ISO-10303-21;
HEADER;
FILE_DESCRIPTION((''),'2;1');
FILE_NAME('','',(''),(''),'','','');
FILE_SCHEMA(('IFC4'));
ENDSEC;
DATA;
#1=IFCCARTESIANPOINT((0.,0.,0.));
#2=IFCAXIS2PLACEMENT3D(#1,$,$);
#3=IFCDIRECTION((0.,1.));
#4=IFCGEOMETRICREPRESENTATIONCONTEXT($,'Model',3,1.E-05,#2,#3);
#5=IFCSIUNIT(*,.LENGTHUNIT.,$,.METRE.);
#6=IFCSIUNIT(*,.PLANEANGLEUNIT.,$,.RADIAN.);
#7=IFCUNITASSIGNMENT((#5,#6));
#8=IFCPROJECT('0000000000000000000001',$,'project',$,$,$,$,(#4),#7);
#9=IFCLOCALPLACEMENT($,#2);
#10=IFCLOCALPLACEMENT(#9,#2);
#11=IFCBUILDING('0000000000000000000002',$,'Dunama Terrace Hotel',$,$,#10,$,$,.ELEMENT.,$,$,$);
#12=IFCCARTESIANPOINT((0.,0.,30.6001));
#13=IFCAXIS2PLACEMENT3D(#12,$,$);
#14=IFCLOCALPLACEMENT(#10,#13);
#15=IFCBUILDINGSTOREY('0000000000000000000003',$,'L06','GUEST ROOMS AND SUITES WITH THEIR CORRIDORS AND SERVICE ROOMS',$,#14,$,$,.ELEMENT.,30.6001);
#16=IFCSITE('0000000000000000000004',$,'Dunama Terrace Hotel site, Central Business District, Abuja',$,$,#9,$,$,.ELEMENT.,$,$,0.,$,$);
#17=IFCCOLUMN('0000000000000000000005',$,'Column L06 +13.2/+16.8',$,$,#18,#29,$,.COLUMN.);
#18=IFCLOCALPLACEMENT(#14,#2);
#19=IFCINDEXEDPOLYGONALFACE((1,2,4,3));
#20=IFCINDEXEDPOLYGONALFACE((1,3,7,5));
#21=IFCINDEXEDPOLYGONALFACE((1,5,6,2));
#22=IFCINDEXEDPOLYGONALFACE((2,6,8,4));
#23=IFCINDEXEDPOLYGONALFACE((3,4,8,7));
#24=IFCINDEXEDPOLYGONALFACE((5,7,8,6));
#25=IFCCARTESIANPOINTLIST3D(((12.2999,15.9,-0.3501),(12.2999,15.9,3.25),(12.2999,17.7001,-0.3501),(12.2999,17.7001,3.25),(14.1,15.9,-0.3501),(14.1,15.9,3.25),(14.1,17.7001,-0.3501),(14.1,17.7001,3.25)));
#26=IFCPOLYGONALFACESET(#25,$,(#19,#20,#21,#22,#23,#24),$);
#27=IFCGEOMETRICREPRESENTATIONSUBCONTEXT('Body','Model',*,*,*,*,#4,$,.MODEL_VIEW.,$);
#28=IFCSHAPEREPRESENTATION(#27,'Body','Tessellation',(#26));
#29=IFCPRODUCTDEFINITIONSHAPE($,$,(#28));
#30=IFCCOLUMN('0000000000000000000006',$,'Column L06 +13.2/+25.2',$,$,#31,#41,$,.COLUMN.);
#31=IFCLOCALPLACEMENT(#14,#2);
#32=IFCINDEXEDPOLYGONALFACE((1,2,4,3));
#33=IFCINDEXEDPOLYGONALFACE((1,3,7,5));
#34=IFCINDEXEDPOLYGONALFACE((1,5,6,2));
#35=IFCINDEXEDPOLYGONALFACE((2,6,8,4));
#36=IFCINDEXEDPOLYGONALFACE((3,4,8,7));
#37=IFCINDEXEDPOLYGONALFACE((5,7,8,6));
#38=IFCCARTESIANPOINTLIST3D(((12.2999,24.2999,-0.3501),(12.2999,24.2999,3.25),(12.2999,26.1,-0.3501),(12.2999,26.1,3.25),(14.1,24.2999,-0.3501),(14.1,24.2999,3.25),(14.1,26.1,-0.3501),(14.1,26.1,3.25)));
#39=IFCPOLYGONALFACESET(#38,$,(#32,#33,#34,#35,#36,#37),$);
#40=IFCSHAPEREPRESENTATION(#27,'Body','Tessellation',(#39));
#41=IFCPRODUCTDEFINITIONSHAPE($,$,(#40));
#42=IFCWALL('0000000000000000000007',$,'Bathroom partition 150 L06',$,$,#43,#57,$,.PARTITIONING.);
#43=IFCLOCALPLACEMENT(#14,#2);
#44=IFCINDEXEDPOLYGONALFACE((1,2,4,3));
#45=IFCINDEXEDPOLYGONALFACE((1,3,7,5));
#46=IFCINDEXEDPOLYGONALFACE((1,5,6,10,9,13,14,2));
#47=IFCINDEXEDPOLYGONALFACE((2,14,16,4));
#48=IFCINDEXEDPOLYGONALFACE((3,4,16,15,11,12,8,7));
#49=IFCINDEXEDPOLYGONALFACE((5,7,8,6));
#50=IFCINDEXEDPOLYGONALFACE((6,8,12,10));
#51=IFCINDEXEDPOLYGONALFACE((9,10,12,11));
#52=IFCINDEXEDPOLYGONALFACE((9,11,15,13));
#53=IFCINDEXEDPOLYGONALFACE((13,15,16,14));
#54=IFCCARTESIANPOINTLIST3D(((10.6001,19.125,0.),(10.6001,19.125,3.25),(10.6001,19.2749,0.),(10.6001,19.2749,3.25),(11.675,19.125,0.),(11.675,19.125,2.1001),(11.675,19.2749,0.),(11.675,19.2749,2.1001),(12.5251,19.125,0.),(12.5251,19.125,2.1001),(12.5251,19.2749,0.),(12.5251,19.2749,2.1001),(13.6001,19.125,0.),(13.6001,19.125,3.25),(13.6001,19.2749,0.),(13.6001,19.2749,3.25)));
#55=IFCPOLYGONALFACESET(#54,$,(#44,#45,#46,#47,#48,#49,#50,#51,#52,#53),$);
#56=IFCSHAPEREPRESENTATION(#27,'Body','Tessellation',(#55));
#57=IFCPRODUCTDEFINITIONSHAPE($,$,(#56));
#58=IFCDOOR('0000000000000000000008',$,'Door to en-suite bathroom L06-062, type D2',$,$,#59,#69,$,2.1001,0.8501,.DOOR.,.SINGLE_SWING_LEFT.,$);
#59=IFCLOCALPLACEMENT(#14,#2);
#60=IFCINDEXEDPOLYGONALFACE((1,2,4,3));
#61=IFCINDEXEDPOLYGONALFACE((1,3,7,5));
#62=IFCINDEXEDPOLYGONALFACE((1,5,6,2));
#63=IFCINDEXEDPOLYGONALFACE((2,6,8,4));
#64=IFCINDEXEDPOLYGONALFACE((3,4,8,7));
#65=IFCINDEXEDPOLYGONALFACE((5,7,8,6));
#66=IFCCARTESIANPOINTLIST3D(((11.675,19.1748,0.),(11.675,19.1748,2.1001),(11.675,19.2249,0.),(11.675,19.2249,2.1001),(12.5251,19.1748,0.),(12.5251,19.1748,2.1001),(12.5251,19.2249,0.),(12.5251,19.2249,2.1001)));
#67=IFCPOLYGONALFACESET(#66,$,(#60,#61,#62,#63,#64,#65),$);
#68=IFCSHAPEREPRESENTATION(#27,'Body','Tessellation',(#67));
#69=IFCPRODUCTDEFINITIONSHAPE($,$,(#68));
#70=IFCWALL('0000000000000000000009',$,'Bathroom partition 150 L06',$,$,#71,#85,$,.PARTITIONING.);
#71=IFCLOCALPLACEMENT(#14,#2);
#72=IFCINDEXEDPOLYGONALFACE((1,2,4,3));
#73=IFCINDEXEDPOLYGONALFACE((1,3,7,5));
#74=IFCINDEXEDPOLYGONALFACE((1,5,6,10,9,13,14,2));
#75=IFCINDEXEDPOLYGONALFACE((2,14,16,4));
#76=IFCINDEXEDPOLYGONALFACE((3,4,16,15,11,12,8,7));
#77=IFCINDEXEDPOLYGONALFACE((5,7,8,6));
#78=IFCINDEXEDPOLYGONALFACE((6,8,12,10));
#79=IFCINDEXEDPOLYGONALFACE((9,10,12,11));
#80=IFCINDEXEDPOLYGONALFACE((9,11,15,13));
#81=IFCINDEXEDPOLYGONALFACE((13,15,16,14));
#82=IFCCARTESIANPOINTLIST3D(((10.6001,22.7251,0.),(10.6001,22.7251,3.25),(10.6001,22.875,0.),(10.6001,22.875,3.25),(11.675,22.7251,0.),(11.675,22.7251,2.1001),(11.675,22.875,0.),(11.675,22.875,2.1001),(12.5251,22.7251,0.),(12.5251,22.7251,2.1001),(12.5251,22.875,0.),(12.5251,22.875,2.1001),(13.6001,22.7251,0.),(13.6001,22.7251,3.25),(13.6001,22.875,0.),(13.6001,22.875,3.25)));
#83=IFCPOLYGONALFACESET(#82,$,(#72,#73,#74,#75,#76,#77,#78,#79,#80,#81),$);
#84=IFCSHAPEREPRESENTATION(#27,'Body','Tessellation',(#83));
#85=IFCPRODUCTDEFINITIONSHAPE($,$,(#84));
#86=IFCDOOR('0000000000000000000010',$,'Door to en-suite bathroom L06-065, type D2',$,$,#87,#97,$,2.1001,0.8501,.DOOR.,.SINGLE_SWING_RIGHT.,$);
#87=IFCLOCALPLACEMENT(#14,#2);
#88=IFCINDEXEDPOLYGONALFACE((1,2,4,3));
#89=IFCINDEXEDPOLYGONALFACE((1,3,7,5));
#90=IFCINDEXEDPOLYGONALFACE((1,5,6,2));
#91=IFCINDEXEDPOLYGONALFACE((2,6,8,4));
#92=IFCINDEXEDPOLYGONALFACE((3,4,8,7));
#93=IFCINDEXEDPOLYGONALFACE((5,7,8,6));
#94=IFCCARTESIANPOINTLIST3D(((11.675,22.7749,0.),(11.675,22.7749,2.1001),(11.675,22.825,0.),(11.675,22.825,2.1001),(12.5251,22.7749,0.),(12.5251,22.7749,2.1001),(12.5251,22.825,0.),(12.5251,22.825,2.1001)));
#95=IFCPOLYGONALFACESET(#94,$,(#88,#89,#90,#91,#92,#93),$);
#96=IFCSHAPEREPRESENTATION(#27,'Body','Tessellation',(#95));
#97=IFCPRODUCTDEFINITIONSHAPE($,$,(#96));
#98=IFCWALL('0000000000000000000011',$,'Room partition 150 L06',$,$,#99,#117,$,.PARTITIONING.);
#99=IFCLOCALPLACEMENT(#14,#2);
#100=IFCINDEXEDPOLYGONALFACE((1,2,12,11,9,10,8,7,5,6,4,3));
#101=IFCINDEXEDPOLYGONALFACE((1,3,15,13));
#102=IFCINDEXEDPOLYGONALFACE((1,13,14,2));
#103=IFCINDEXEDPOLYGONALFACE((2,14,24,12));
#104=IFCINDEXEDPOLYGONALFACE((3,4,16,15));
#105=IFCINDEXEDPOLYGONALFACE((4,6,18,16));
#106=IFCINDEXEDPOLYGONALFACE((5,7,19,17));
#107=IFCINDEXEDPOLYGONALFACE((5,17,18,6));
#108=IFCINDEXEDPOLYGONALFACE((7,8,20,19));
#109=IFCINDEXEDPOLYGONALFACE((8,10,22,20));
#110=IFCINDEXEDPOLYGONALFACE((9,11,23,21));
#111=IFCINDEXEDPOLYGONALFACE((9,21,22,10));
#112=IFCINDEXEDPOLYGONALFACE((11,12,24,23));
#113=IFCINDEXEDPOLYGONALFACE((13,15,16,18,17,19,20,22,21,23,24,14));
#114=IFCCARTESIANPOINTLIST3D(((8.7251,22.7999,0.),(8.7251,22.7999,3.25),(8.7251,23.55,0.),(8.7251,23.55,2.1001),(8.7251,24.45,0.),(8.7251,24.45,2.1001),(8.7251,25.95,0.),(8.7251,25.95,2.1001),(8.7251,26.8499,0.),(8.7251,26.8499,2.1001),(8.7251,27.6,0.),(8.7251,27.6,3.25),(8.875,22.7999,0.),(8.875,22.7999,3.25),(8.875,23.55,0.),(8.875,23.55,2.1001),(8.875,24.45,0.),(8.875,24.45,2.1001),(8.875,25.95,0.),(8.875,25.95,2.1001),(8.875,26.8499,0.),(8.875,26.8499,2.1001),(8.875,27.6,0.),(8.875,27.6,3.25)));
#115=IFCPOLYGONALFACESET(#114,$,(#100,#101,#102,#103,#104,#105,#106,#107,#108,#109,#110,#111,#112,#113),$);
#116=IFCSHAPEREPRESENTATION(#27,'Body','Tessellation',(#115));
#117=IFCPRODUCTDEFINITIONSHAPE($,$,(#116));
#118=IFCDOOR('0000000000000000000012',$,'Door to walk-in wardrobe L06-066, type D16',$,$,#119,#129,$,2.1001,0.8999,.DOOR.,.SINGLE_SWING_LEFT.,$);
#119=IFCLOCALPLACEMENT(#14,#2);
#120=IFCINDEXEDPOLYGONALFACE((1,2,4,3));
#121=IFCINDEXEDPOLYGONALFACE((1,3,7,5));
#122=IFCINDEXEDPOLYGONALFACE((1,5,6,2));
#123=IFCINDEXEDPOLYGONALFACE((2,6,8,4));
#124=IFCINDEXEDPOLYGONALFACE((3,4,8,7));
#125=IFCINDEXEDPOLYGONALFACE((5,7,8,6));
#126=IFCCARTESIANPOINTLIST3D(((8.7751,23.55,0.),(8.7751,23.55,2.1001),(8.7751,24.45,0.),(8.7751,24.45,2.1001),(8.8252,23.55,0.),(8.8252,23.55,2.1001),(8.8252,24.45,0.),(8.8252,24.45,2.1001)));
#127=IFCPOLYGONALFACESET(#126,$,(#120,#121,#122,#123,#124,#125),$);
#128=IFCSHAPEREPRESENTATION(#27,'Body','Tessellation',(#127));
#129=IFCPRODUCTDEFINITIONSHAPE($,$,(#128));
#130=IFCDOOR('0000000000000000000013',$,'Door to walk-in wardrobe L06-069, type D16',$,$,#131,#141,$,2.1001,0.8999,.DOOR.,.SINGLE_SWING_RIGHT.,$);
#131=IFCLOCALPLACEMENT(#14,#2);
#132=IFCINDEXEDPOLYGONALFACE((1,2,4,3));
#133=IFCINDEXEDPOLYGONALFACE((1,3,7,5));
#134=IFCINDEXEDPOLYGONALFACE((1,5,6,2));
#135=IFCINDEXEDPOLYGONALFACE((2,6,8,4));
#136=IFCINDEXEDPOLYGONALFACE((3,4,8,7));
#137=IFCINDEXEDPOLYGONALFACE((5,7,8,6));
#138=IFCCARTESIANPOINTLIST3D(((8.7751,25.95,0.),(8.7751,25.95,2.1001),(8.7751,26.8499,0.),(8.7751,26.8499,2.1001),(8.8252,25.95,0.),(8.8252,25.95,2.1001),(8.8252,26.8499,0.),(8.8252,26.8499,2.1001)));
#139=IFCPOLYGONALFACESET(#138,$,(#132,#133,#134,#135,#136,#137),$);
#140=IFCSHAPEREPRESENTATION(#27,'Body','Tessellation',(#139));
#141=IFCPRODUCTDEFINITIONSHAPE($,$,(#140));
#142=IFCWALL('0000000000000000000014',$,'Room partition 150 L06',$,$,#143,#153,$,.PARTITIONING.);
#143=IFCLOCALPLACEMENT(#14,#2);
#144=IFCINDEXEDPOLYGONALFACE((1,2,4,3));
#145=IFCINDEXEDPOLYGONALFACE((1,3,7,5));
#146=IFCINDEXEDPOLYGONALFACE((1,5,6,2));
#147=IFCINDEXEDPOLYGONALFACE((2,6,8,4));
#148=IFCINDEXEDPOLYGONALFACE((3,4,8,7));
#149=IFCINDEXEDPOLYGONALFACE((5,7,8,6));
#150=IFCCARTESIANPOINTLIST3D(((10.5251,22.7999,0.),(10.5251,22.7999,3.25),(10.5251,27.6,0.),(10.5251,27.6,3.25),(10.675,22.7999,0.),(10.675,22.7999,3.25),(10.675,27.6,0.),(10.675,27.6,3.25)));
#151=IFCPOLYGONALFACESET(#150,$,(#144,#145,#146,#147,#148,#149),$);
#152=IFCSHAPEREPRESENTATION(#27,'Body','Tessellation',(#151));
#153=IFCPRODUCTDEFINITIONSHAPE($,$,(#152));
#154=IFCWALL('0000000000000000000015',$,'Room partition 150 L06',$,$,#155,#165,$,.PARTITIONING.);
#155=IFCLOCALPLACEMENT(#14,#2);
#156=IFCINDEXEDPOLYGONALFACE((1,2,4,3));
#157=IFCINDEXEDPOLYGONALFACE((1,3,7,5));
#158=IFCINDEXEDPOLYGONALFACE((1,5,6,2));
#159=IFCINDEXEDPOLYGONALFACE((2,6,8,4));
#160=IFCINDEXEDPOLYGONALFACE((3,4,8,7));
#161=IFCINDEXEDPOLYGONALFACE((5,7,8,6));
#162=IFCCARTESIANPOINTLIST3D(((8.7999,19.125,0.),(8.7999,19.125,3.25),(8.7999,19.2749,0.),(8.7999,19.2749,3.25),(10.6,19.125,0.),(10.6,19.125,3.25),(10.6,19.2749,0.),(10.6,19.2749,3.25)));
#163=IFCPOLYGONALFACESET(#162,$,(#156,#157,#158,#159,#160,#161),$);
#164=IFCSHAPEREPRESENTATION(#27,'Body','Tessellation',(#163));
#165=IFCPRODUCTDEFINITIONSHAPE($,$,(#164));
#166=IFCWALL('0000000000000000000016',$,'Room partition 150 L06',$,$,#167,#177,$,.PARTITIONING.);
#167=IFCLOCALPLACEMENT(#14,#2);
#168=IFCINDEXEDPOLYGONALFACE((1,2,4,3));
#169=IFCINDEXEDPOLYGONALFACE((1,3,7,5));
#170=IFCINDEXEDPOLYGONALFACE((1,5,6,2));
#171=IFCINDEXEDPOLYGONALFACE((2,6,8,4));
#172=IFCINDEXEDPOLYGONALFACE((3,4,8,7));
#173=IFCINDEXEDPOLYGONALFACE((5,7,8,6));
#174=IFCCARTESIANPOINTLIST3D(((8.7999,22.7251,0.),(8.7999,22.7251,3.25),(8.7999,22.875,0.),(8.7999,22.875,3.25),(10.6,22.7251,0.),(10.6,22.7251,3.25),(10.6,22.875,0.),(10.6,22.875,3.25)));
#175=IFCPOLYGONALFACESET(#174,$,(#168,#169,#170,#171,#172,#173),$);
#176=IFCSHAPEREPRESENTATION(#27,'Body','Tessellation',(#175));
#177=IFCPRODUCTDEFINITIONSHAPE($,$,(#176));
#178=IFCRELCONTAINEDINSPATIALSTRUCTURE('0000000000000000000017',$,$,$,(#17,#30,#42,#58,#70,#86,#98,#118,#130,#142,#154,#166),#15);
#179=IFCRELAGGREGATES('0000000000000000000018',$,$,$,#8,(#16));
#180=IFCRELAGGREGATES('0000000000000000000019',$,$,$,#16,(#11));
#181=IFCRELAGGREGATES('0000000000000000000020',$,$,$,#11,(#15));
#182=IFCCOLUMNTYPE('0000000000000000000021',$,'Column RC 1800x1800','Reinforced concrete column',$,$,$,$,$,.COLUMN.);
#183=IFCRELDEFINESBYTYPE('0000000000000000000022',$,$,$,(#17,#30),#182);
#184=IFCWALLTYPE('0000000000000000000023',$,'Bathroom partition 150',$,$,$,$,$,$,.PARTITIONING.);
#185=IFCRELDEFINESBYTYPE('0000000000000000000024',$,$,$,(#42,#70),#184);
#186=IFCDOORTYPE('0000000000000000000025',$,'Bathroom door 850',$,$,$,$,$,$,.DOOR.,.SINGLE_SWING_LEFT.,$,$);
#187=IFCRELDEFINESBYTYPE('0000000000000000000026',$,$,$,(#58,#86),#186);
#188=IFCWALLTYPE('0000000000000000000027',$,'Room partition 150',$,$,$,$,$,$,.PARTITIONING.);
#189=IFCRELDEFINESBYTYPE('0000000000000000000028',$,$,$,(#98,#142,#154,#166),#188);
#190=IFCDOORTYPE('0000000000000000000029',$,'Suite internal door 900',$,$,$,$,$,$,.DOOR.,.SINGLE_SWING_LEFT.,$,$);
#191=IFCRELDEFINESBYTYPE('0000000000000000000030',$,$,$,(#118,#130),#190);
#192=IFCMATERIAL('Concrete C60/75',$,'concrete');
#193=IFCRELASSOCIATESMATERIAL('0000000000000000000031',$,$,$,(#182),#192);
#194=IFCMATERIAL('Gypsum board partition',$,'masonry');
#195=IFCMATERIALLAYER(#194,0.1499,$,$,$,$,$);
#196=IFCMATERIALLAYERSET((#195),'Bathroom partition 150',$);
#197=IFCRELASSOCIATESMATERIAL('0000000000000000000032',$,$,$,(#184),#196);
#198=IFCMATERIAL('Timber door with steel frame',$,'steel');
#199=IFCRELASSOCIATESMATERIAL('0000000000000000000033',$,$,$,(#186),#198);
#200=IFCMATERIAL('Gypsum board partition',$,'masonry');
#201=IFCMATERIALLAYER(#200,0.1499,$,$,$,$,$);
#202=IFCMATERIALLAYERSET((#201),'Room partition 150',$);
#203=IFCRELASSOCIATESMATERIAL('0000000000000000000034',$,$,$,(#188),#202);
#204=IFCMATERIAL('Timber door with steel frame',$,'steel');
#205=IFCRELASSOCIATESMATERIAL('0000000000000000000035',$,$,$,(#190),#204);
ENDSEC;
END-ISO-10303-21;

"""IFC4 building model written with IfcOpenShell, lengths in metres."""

from ifc_helpers import new_model, si_unit, direction, frame, frame_2d, origin, origin_2d, place, context, subcontext, project, spatial, rectangle, extrude, material, layer, layer_set, material_profile, profile_set, type_object, element, fill, save


model = new_model("IFC4")

# Units and contexts
model_context = context("Model", 3, precision=1e-05, world=origin(), true_north=direction((0.0, 1.0)))
body_context = subcontext(model_context, "Body", "Model", "MODEL_VIEW")
ifc_project = project(units=[si_unit("LENGTHUNIT", "METRE"), si_unit("PLANEANGLEUNIT", "RADIAN")], contexts=[model_context])

# Site, building, storey
site_placement = place(None, origin())
site = spatial("IfcSite", under=ifc_project, at=site_placement, Name="Dunama Terrace Hotel site, Central Business District, Abuja", CompositionType="ELEMENT", RefElevation=0.0)
building_placement = place(site_placement, origin())
building = spatial("IfcBuilding", under=site, at=building_placement, Name="Dunama Terrace Hotel", CompositionType="ELEMENT")
storey_placement = place(building_placement, frame((0.0, 0.0, 30.6001)))
storey = spatial("IfcBuildingStorey", under=building, at=storey_placement, Name="L06", Description="GUEST ROOMS AND SUITES WITH THEIR CORRIDORS AND SERVICE ROOMS", CompositionType="ELEMENT", Elevation=30.6001)

# Columns
ifc_material_1 = material(Name="Concrete C60/75", Category="concrete")
ifc_material_profile = material_profile(ifc_material_1, rectangle(XDim=1.8, YDim=1.8, at=origin_2d()), Name="RC 1800x1800")
ifc_profile_set = profile_set([ifc_material_profile], Name="Concrete C60/75")
column_type = type_object("IfcColumnType", Name="Column RC 1800x1800", Description="Reinforced concrete column", PredefinedType="COLUMN", material=ifc_profile_set)
for number, where, z_axis, x_axis, name in (
    (1, (13.2, 16.8, -0.3501), (0.0, 0.0, 1.0), (1.0, 0.0, 0.0), "Column L06 +13.2/+16.8"),
    (2, (13.2, 25.2, -0.3501), (0.0, 0.0, 1.0), (1.0, 0.0, 0.0), "Column L06 +13.2/+25.2"),
):
    element("IfcColumn", number, at=place(storey_placement, frame(where, z_axis=z_axis, x_axis=x_axis)), inside=storey, type_object=column_type, Name=name, PredefinedType="COLUMN", context=body_context, shape_type="SweptSolid", body=[
        extrude(rectangle(XDim=1.8, YDim=1.8, at=origin_2d()), origin(), (0.0, 0.0, 1.0), 3.6001),
    ])

# Walls, openings, doors
ifc_material_2 = material(Name="Gypsum board partition", Category="masonry")
ifc_layer_1 = layer(ifc_material_2, 0.1499)
ifc_layer_set_1 = layer_set([ifc_layer_1], Name="Bathroom partition 150")
wall_type_1 = type_object("IfcWallType", Name="Bathroom partition 150", PredefinedType="PARTITIONING", material=ifc_layer_set_1)
wall_1_placement = place(storey_placement, frame((10.6001, 19.2, 0.0), z_axis=(0.0, 0.0, 1.0), x_axis=(1.0, 0.0, 0.0)))
wall_1 = element("IfcWall", 3, at=wall_1_placement, inside=storey, type_object=wall_type_1, Name="Bathroom partition 150 L06", PredefinedType="PARTITIONING", context=body_context, shape_type="SweptSolid", body=[
    extrude(rectangle(XDim=3.0, YDim=0.1499, at=frame_2d((1.5, 0.0))), origin(), (0.0, 0.0, 1.0), 3.25),
])
opening_1_placement = place(wall_1_placement, frame((1.075, 0.0, 0.0)))
opening_1 = element("IfcOpeningElement", 4, at=opening_1_placement, cuts=wall_1, PredefinedType="OPENING", context=body_context, shape_type="SweptSolid", body=[
    extrude(rectangle(XDim=0.8501, YDim=2.1001, at=frame_2d((0.425, 1.05))), frame((0.0, 0.085, 0.0), z_axis=(0.0, -1.0, 0.0), x_axis=(1.0, 0.0, 0.0)), (0.0, 0.0, 1.0), 0.1699),
])
ifc_material_3 = material(Name="Timber door with steel frame", Category="steel")
door_type_1 = type_object("IfcDoorType", Name="Bathroom door 850", OperationType="SINGLE_SWING_LEFT", PredefinedType="DOOR", material=ifc_material_3)
door_1_placement = place(opening_1_placement, frame((0.8501, 0.0, 0.0), z_axis=(0.0, 0.0, 1.0), x_axis=(-1.0, 0.0, 0.0)))
door_1 = element("IfcDoor", 5, at=door_1_placement, inside=storey, type_object=door_type_1, Name="Door to en-suite bathroom L06-062, type D2", OperationType="SINGLE_SWING_LEFT", OverallHeight=2.1001, OverallWidth=0.8501, PredefinedType="DOOR", context=body_context, shape_type="SweptSolid", body=[
    extrude(rectangle(XDim=0.8501, YDim=2.1001, at=frame_2d((0.425, 1.05))), frame((0.0, 0.0251, 0.0), z_axis=(0.0, -1.0, 0.0), x_axis=(1.0, 0.0, 0.0)), (0.0, 0.0, 1.0), 0.05),
])
fill(opening_1, door_1)
wall_2_placement = place(storey_placement, frame((10.6001, 22.8, 0.0), z_axis=(0.0, 0.0, 1.0), x_axis=(1.0, 0.0, 0.0)))
wall_2 = element("IfcWall", 6, at=wall_2_placement, inside=storey, type_object=wall_type_1, Name="Bathroom partition 150 L06", PredefinedType="PARTITIONING", context=body_context, shape_type="SweptSolid", body=[
    extrude(rectangle(XDim=3.0, YDim=0.1499, at=frame_2d((1.5, 0.0))), origin(), (0.0, 0.0, 1.0), 3.25),
])
opening_2_placement = place(wall_2_placement, frame((1.075, 0.0, 0.0)))
opening_2 = element("IfcOpeningElement", 7, at=opening_2_placement, cuts=wall_2, PredefinedType="OPENING", context=body_context, shape_type="SweptSolid", body=[
    extrude(rectangle(XDim=0.8501, YDim=2.1001, at=frame_2d((0.425, 1.05))), frame((0.0, 0.085, 0.0), z_axis=(0.0, -1.0, 0.0), x_axis=(1.0, 0.0, 0.0)), (0.0, 0.0, 1.0), 0.1699),
])
door_2_placement = place(opening_2_placement, origin())
door_2 = element("IfcDoor", 8, at=door_2_placement, inside=storey, type_object=door_type_1, Name="Door to en-suite bathroom L06-065, type D2", OperationType="SINGLE_SWING_RIGHT", OverallHeight=2.1001, OverallWidth=0.8501, PredefinedType="DOOR", context=body_context, shape_type="SweptSolid", body=[
    extrude(rectangle(XDim=0.8501, YDim=2.1001, at=frame_2d((0.425, 1.05))), frame((0.0, 0.0249, 0.0), z_axis=(0.0, -1.0, 0.0), x_axis=(1.0, 0.0, 0.0)), (0.0, 0.0, 1.0), 0.05),
])
fill(opening_2, door_2)

# Wall, openings, doors
ifc_material_4 = material(Name="Gypsum board partition", Category="masonry")
ifc_layer_2 = layer(ifc_material_4, 0.1499)
ifc_layer_set_2 = layer_set([ifc_layer_2], Name="Room partition 150")
wall_type_2 = type_object("IfcWallType", Name="Room partition 150", PredefinedType="PARTITIONING", material=ifc_layer_set_2)
wall_3_placement = place(storey_placement, frame((8.8, 22.8, 0.0), z_axis=(0.0, 0.0, 1.0), x_axis=(0.0, 1.0, 0.0)))
wall_3 = element("IfcWall", 9, at=wall_3_placement, inside=storey, type_object=wall_type_2, Name="Room partition 150 L06", PredefinedType="PARTITIONING", context=body_context, shape_type="SweptSolid", body=[
    extrude(rectangle(XDim=4.8, YDim=0.1499, at=frame_2d((2.3999, 0.0))), origin(), (0.0, 0.0, 1.0), 3.25),
])
opening_3_placement = place(wall_3_placement, frame((0.75, 0.0, 0.0)))
opening_3 = element("IfcOpeningElement", 10, at=opening_3_placement, cuts=wall_3, PredefinedType="OPENING", context=body_context, shape_type="SweptSolid", body=[
    extrude(rectangle(XDim=0.8999, YDim=2.1001, at=frame_2d((0.45, 1.05))), frame((0.0, 0.085, 0.0), z_axis=(0.0, -1.0, 0.0), x_axis=(1.0, 0.0, 0.0)), (0.0, 0.0, 1.0), 0.1699),
])
opening_4_placement = place(wall_3_placement, frame((3.1499, 0.0, 0.0)))
opening_4 = element("IfcOpeningElement", 11, at=opening_4_placement, cuts=wall_3, PredefinedType="OPENING", context=body_context, shape_type="SweptSolid", body=[
    extrude(rectangle(XDim=0.8999, YDim=2.1001, at=frame_2d((0.45, 1.05))), frame((0.0, 0.085, 0.0), z_axis=(0.0, -1.0, 0.0), x_axis=(1.0, 0.0, 0.0)), (0.0, 0.0, 1.0), 0.1699),
])
ifc_material_5 = material(Name="Timber door with steel frame", Category="steel")
door_type_2 = type_object("IfcDoorType", Name="Suite internal door 900", OperationType="SINGLE_SWING_LEFT", PredefinedType="DOOR", material=ifc_material_5)
door_3_placement = place(opening_3_placement, frame((0.8999, 0.0, 0.0), z_axis=(0.0, 0.0, 1.0), x_axis=(-1.0, 0.0, 0.0)))
door_3 = element("IfcDoor", 12, at=door_3_placement, inside=storey, type_object=door_type_2, Name="Door to walk-in wardrobe L06-066, type D16", OperationType="SINGLE_SWING_LEFT", OverallHeight=2.1001, OverallWidth=0.8999, PredefinedType="DOOR", context=body_context, shape_type="SweptSolid", body=[
    extrude(rectangle(XDim=0.8999, YDim=2.1001, at=frame_2d((0.45, 1.05))), frame((0.0, 0.0251, 0.0), z_axis=(0.0, -1.0, 0.0), x_axis=(1.0, 0.0, 0.0)), (0.0, 0.0, 1.0), 0.05),
])
fill(opening_3, door_3)
door_4_placement = place(opening_4_placement, frame((0.8999, 0.0, 0.0), z_axis=(0.0, 0.0, 1.0), x_axis=(-1.0, 0.0, 0.0)))
door_4 = element("IfcDoor", 13, at=door_4_placement, inside=storey, type_object=door_type_2, Name="Door to walk-in wardrobe L06-069, type D16", OperationType="SINGLE_SWING_RIGHT", OverallHeight=2.1001, OverallWidth=0.8999, PredefinedType="DOOR", context=body_context, shape_type="SweptSolid", body=[
    extrude(rectangle(XDim=0.8999, YDim=2.1001, at=frame_2d((0.45, 1.05))), frame((0.0, 0.0251, 0.0), z_axis=(0.0, -1.0, 0.0), x_axis=(1.0, 0.0, 0.0)), (0.0, 0.0, 1.0), 0.05),
])
fill(opening_4, door_4)

# Walls
wall_4_placement = place(storey_placement, frame((10.6001, 22.8, 0.0), z_axis=(0.0, 0.0, 1.0), x_axis=(0.0, 1.0, 0.0)))
element("IfcWall", 14, at=wall_4_placement, inside=storey, type_object=wall_type_2, Name="Room partition 150 L06", PredefinedType="PARTITIONING", context=body_context, shape_type="SweptSolid", body=[
    extrude(rectangle(XDim=4.8, YDim=0.1499, at=frame_2d((2.3999, 0.0))), origin(), (0.0, 0.0, 1.0), 3.25),
])
for number, where, z_axis, x_axis, name in (
    (15, (8.8, 19.2, 0.0), (0.0, 0.0, 1.0), (1.0, 0.0, 0.0), "Room partition 150 L06"),
    (16, (8.8, 22.8, 0.0), (0.0, 0.0, 1.0), (1.0, 0.0, 0.0), "Room partition 150 L06"),
):
    element("IfcWall", number, at=place(storey_placement, frame(where, z_axis=z_axis, x_axis=x_axis)), inside=storey, type_object=wall_type_2, Name=name, PredefinedType="PARTITIONING", context=body_context, shape_type="SweptSolid", body=[
        extrude(rectangle(XDim=1.8, YDim=0.1499, at=frame_2d((0.8999, 0.0))), origin(), (0.0, 0.0, 1.0), 3.25),
    ])

save(model, "model.ifc")
